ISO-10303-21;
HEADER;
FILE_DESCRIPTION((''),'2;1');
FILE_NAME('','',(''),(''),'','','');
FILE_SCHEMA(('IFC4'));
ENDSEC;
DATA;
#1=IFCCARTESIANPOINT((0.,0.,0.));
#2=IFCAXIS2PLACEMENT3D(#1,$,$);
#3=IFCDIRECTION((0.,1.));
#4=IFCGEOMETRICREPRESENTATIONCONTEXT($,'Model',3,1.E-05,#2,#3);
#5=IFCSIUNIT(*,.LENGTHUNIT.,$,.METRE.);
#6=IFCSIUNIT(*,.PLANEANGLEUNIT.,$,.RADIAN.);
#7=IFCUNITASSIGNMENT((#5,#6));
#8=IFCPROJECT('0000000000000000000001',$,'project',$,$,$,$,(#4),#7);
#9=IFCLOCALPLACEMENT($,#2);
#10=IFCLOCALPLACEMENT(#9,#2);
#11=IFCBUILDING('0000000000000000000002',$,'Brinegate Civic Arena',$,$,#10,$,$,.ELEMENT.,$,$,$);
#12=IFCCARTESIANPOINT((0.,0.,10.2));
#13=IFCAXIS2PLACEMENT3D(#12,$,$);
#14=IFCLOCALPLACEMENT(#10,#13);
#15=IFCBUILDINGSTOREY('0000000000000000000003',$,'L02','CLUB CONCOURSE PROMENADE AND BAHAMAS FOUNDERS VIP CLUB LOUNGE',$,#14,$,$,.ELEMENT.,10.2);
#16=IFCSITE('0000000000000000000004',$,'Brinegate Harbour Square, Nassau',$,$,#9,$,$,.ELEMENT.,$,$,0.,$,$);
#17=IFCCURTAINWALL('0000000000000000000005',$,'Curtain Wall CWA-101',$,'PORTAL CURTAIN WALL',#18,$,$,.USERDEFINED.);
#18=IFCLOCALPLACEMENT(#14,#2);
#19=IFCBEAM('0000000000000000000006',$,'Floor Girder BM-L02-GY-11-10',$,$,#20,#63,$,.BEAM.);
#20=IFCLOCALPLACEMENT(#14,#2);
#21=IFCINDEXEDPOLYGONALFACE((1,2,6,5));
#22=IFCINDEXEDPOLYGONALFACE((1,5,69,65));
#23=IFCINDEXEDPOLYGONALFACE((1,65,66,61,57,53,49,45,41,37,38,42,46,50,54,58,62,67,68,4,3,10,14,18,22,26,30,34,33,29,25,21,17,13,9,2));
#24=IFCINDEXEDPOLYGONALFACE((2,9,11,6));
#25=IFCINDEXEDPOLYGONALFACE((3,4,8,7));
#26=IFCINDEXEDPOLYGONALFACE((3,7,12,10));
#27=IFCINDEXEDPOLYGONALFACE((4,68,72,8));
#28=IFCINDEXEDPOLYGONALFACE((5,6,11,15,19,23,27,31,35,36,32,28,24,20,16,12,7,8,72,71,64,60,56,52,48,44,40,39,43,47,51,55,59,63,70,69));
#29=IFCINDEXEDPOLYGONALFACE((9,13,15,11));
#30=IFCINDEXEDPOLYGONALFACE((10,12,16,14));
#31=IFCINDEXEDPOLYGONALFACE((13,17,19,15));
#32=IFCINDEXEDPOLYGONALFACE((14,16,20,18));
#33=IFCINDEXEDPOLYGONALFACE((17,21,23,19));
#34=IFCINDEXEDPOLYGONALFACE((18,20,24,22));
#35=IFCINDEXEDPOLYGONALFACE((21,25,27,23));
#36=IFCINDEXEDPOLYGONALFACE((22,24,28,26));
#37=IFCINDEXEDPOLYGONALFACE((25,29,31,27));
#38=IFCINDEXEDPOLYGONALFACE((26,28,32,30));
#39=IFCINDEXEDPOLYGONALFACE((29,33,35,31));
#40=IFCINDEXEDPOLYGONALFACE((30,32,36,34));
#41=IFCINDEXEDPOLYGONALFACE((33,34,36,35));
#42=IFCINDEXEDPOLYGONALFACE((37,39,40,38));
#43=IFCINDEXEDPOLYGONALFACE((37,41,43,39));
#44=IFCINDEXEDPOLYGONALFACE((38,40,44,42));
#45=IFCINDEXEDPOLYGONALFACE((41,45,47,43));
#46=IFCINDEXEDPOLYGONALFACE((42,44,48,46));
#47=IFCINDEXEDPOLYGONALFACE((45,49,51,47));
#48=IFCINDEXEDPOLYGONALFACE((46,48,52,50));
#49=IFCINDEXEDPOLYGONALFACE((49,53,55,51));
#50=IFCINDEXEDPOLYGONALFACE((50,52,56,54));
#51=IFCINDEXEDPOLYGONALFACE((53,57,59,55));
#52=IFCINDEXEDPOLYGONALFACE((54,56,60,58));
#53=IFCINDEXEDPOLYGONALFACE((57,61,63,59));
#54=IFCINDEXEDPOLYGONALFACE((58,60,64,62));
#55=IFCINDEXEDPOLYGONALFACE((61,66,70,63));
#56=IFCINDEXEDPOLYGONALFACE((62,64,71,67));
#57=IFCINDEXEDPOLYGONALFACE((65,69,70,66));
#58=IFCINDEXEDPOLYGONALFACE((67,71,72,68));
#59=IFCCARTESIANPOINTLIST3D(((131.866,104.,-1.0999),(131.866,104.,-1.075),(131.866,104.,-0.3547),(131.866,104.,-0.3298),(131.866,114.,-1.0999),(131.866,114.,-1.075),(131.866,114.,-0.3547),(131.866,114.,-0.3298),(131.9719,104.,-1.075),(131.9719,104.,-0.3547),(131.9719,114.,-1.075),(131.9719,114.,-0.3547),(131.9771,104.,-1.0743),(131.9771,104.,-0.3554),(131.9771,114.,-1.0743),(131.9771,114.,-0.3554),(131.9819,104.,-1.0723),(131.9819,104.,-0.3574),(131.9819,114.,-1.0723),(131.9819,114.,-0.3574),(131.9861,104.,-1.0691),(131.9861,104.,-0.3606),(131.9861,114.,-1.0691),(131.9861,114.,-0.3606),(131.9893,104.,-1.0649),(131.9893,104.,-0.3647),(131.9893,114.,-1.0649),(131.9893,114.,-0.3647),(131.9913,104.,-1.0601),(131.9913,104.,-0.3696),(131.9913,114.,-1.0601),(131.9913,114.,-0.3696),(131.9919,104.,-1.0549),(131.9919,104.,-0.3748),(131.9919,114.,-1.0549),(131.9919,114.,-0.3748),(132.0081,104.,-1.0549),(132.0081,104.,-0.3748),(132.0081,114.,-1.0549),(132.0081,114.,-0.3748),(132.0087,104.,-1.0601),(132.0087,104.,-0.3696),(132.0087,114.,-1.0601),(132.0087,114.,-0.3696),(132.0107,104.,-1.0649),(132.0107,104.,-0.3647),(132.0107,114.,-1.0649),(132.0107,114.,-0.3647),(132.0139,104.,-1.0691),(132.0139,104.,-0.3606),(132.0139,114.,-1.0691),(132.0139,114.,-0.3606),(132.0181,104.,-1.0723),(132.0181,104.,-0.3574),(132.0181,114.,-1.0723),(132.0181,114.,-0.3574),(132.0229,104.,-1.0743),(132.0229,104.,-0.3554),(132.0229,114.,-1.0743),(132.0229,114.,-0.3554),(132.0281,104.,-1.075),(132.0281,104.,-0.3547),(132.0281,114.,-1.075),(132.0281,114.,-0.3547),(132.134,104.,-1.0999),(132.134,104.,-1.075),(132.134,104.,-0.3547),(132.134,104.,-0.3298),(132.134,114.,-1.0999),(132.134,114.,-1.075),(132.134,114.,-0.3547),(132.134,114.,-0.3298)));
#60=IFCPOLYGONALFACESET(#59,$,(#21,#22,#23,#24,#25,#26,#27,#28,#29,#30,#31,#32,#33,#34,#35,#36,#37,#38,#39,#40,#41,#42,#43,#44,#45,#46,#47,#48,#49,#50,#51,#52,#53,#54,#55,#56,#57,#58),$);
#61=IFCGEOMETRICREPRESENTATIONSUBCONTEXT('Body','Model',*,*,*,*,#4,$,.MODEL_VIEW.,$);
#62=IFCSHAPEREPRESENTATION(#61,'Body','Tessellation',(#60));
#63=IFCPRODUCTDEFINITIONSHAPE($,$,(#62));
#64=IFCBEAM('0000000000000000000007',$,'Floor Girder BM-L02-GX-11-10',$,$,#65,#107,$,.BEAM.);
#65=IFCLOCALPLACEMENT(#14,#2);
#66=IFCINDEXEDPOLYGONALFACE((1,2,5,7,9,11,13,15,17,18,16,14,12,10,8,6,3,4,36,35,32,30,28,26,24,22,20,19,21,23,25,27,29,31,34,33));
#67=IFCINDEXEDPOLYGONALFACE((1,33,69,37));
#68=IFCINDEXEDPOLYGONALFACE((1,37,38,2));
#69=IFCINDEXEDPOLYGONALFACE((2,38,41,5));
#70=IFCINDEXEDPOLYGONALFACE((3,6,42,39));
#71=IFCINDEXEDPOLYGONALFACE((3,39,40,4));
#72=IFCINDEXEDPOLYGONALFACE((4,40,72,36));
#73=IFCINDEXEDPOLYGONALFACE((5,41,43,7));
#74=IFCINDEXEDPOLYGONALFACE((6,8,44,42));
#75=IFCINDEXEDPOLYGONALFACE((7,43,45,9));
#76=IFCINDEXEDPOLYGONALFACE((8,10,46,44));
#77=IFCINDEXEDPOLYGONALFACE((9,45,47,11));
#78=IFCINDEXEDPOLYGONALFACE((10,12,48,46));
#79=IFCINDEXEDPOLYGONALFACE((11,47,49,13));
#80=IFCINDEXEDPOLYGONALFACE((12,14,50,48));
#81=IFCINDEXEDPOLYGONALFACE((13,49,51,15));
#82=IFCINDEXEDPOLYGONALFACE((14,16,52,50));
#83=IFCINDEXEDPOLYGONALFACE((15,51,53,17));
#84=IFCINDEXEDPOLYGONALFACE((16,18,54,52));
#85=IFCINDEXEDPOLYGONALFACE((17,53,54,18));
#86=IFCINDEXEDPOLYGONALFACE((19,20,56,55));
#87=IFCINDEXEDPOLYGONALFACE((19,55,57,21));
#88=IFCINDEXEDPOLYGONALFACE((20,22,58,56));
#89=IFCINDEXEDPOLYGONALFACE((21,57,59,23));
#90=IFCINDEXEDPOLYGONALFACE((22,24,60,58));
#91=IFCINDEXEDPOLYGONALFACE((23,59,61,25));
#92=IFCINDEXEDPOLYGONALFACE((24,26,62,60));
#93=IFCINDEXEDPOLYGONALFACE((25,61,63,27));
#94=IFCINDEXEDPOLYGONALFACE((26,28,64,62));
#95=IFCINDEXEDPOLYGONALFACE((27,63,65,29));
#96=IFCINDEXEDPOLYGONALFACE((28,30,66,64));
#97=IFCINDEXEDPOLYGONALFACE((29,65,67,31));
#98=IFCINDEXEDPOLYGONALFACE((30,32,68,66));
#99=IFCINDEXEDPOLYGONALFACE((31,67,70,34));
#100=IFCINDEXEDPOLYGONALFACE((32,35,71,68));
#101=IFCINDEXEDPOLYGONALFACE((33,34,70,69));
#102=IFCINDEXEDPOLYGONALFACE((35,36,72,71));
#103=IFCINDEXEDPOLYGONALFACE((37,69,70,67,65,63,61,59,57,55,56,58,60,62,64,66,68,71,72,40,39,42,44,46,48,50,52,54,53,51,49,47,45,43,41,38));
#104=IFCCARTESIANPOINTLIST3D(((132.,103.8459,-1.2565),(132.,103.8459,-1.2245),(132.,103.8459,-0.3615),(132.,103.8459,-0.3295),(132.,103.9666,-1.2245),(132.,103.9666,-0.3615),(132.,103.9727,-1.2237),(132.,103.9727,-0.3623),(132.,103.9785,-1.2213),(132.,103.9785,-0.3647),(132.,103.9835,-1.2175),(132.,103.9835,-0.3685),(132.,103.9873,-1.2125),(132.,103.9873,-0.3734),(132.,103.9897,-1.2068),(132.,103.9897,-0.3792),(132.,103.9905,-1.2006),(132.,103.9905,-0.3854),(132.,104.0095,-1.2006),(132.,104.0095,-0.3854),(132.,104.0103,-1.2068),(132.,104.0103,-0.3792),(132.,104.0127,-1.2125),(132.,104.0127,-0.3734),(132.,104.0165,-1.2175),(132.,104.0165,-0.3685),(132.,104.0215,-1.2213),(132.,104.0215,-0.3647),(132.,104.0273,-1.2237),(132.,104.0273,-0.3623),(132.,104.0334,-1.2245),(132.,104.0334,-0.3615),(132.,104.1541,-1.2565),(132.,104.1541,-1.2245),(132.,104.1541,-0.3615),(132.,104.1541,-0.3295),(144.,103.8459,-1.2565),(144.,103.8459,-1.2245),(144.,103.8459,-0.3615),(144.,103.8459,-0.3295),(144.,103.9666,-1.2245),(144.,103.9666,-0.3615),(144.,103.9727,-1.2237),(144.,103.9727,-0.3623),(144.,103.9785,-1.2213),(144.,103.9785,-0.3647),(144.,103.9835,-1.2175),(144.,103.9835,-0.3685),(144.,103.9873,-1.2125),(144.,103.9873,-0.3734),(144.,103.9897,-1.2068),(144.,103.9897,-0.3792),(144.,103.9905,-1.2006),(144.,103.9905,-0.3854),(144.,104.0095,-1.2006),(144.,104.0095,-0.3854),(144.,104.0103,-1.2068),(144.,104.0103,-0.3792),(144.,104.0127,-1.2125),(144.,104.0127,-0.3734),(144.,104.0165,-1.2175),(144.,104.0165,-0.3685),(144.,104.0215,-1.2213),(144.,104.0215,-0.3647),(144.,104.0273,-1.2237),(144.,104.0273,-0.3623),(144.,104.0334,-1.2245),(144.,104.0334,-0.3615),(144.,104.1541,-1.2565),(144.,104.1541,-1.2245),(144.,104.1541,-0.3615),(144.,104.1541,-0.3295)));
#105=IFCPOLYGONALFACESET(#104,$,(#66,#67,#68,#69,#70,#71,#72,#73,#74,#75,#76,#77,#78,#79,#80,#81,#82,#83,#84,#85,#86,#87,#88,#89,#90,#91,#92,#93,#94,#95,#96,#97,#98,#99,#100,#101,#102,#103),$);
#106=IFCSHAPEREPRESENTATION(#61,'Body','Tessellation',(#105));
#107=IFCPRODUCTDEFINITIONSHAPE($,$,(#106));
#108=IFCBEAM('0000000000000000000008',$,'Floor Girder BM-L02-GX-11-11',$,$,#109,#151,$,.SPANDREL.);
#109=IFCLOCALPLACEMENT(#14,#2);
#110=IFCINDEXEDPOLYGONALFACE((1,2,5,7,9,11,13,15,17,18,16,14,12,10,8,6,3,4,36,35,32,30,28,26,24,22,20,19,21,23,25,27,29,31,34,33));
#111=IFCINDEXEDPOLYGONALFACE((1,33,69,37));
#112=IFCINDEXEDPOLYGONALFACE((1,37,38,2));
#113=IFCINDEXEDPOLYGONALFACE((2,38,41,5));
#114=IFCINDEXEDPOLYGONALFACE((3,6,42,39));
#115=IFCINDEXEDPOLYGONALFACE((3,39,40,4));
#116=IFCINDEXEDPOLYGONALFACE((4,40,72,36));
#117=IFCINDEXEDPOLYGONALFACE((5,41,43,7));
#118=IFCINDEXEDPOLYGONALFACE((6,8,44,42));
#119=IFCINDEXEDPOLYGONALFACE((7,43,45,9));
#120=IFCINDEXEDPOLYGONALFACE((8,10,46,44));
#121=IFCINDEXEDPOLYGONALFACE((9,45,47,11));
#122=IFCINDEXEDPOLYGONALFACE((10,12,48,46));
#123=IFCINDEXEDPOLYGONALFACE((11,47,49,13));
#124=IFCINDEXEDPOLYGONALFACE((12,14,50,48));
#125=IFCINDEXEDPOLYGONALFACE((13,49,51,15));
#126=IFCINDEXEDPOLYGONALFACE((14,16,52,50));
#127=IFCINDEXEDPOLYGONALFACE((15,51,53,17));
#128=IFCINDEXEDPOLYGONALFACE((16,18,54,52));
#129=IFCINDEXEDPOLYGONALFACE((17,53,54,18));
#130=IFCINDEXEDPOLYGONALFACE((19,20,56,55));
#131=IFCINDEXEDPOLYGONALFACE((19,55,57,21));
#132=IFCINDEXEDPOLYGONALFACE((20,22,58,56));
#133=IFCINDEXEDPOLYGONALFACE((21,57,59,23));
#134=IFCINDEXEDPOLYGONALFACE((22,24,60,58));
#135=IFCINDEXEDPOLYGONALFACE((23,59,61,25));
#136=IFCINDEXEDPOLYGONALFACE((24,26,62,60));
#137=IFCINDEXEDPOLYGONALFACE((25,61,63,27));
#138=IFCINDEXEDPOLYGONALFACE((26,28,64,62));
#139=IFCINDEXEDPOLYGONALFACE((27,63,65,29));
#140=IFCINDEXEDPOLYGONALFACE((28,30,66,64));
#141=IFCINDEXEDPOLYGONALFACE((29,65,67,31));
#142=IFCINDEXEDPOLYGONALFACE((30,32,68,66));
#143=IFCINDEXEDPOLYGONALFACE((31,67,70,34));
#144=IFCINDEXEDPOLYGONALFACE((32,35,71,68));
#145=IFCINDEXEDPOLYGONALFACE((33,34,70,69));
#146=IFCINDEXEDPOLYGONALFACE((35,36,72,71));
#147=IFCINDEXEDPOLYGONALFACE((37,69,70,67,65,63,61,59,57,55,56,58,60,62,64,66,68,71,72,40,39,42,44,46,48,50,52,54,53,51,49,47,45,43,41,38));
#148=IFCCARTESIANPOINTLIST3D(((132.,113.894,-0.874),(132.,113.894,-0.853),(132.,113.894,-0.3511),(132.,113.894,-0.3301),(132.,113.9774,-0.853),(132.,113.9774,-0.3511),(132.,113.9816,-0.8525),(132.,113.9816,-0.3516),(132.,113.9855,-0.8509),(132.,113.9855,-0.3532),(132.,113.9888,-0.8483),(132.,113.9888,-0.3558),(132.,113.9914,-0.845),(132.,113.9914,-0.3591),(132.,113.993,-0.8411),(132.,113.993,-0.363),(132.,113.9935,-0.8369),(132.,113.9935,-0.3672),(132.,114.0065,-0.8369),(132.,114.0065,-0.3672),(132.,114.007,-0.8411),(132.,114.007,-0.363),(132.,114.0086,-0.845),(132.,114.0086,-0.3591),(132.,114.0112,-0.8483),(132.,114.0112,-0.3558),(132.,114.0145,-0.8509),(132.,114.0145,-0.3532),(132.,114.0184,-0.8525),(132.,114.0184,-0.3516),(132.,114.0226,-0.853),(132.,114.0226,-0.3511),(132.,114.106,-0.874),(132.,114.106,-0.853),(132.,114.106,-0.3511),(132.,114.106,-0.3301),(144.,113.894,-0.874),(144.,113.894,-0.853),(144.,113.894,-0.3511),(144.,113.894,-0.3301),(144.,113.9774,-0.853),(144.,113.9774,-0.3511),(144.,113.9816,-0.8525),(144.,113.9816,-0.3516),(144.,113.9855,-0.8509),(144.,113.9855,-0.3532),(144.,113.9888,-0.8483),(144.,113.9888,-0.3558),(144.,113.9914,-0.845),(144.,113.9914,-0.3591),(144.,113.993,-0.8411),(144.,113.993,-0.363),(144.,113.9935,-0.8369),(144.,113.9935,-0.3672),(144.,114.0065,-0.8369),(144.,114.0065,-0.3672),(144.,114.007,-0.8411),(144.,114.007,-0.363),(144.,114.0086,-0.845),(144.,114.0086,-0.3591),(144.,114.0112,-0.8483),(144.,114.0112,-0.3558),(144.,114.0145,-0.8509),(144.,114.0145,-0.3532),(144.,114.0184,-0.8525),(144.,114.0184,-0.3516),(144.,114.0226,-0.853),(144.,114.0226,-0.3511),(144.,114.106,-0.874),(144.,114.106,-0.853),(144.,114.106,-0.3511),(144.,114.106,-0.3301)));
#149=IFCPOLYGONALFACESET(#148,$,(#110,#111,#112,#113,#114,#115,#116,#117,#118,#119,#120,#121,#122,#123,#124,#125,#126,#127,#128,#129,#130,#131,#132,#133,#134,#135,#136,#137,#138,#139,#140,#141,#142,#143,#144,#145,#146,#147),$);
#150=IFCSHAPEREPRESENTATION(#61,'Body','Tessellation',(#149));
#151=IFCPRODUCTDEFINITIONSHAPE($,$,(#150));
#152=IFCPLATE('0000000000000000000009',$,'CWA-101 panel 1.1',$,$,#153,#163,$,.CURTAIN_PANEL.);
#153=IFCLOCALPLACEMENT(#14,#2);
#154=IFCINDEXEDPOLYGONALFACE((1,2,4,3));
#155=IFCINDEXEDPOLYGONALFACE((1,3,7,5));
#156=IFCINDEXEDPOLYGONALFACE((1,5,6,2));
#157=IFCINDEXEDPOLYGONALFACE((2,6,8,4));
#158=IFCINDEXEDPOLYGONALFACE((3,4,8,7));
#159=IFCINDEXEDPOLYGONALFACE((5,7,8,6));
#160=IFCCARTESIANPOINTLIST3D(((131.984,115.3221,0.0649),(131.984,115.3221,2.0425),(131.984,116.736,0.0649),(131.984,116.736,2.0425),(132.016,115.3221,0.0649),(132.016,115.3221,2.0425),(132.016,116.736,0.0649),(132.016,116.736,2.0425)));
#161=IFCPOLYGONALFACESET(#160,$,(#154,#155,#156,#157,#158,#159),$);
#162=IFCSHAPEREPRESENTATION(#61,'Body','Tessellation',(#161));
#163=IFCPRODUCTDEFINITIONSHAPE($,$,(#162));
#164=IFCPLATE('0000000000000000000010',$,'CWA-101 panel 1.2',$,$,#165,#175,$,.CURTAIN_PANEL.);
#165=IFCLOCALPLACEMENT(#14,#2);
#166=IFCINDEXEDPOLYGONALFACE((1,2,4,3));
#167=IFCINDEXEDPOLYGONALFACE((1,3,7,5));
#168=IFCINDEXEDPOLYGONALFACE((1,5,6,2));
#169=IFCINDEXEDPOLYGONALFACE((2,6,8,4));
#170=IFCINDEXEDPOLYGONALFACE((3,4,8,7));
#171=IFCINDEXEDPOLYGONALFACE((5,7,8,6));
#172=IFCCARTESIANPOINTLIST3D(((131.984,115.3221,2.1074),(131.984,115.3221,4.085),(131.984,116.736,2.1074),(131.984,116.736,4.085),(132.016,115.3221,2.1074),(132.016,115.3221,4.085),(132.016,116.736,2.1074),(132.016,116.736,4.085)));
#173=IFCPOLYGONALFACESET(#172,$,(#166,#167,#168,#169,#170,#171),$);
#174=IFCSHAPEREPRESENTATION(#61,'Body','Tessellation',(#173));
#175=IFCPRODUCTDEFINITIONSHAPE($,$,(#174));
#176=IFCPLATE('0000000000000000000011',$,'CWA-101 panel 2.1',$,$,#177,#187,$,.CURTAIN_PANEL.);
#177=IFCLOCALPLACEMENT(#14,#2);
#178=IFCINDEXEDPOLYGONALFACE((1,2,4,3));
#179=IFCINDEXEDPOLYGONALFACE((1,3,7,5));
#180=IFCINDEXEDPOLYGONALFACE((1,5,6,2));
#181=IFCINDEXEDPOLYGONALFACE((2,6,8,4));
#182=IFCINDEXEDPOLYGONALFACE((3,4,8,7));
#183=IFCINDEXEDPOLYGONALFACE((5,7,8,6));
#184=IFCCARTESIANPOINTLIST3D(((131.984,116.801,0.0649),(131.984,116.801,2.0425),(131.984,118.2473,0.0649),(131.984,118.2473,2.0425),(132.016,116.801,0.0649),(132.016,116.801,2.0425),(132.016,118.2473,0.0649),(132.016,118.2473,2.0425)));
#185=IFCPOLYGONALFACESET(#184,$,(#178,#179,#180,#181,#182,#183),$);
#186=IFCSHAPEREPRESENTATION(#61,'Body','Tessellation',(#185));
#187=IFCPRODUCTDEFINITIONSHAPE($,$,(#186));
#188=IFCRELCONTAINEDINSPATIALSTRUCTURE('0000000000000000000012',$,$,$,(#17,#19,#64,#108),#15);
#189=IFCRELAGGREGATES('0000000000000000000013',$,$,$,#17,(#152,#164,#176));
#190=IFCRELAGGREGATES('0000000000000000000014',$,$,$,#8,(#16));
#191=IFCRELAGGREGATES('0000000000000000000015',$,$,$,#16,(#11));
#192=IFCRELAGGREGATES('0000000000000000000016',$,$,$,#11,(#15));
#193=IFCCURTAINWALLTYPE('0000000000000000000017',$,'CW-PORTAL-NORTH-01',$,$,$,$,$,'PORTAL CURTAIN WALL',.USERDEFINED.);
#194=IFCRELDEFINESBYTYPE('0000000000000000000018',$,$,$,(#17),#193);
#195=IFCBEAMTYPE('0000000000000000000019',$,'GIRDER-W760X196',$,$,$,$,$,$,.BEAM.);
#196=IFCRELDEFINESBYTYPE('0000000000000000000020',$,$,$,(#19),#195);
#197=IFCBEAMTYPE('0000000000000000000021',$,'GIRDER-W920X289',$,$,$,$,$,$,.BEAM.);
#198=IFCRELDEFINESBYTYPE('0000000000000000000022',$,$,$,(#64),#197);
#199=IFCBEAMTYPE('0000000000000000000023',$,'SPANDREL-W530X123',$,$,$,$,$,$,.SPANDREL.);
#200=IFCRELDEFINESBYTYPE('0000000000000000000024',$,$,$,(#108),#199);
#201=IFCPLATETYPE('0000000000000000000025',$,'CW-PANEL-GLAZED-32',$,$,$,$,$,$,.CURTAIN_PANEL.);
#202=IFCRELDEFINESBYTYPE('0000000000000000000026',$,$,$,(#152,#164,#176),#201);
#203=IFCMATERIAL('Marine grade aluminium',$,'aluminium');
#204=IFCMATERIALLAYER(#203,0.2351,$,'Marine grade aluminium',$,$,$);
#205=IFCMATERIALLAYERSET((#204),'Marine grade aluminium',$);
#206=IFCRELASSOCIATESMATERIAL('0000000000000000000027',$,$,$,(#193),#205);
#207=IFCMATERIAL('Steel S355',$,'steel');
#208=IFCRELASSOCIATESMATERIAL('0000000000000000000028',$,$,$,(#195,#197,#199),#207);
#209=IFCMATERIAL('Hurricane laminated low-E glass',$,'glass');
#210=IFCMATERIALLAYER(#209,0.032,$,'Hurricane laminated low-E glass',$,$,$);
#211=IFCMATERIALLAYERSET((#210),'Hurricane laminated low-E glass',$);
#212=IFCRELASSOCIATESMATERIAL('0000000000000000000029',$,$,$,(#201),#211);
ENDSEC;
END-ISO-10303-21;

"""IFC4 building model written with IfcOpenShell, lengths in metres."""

from ifc_helpers import new_model, si_unit, direction, frame, origin, origin_2d, place, context, subcontext, project, spatial, rectangle, i_section, extrude, material, layer, layer_set, material_profile, profile_set, type_object, element, aggregate, save


model = new_model("IFC4")

# Units and contexts
model_context = context("Model", 3, precision=1e-05, world=origin(), true_north=direction((0.0, 1.0)))
body_context = subcontext(model_context, "Body", "Model", "MODEL_VIEW")
ifc_project = project(units=[si_unit("LENGTHUNIT", "METRE"), si_unit("PLANEANGLEUNIT", "RADIAN")], contexts=[model_context])

# Site, building, storey
site_placement = place(None, origin())
site = spatial("IfcSite", under=ifc_project, at=site_placement, Name="Brinegate Harbour Square, Nassau", CompositionType="ELEMENT", RefElevation=0.0)
building_placement = place(site_placement, origin())
building = spatial("IfcBuilding", under=site, at=building_placement, Name="Brinegate Civic Arena", CompositionType="ELEMENT")
storey_placement = place(building_placement, frame((0.0, 0.0, 10.2)))
storey = spatial("IfcBuildingStorey", under=building, at=storey_placement, Name="L02", Description="CLUB CONCOURSE PROMENADE AND BAHAMAS FOUNDERS VIP CLUB LOUNGE", CompositionType="ELEMENT", Elevation=10.2)

# Curtain wall
ifc_material_1 = material(Name="Marine grade aluminium", Category="aluminium")
ifc_layer_1 = layer(ifc_material_1, 0.2351, Name="Marine grade aluminium")
ifc_layer_set_1 = layer_set([ifc_layer_1], Name="Marine grade aluminium")
curtain_wall_type = type_object("IfcCurtainWallType", Name="CW-PORTAL-NORTH-01", ElementType="PORTAL CURTAIN WALL", PredefinedType="USERDEFINED", material=ifc_layer_set_1)
curtain_wall_placement = place(storey_placement, origin())
curtain_wall = element("IfcCurtainWall", 1, at=curtain_wall_placement, inside=storey, type_object=curtain_wall_type, Name="Curtain Wall CWA-101", ObjectType="PORTAL CURTAIN WALL", PredefinedType="USERDEFINED")

# Beams
ifc_material_2 = material(Name="Steel S355", Category="steel")
ifc_material_profile_1 = material_profile(ifc_material_2, i_section(OverallWidth=0.2681, OverallDepth=0.77, WebThickness=0.0161, FlangeThickness=0.0249, FilletRadius=0.02, at=origin_2d()), Name="W760X196")
ifc_profile_set_1 = profile_set([ifc_material_profile_1], Name="Steel S355")
beam_type_1 = type_object("IfcBeamType", Name="GIRDER-W760X196", PredefinedType="BEAM", material=ifc_profile_set_1)
beam_1_placement = place(storey_placement, frame((132.0, 104.0, -0.7148), z_axis=(0.0, 1.0, 0.0), x_axis=(-1.0, 0.0, 0.0)))
element("IfcBeam", 2, at=beam_1_placement, inside=storey, type_object=beam_type_1, Name="Floor Girder BM-L02-GY-11-10", PredefinedType="BEAM", context=body_context, shape_type="SweptSolid", body=[
    extrude(i_section(OverallWidth=0.2681, OverallDepth=0.77, WebThickness=0.0161, FlangeThickness=0.0249, FilletRadius=0.02, at=origin_2d()), origin(), (0.0, 0.0, 1.0), 10.0),
])
ifc_material_profile_2 = material_profile(ifc_material_2, i_section(OverallWidth=0.3081, OverallDepth=0.927, WebThickness=0.019, FlangeThickness=0.032, FilletRadius=0.0239, at=origin_2d()), Name="W920X289")
ifc_profile_set_2 = profile_set([ifc_material_profile_2], Name="Steel S355")
beam_type_2 = type_object("IfcBeamType", Name="GIRDER-W920X289", PredefinedType="BEAM", material=ifc_profile_set_2)
beam_2_placement = place(storey_placement, frame((132.0, 104.0, -0.793), z_axis=(1.0, 0.0, 0.0), x_axis=(0.0, 1.0, 0.0)))
element("IfcBeam", 3, at=beam_2_placement, inside=storey, type_object=beam_type_2, Name="Floor Girder BM-L02-GX-11-10", PredefinedType="BEAM", context=body_context, shape_type="SweptSolid", body=[
    extrude(i_section(OverallWidth=0.3081, OverallDepth=0.927, WebThickness=0.019, FlangeThickness=0.032, FilletRadius=0.0239, at=origin_2d()), origin(), (0.0, 0.0, 1.0), 12.0),
])
ifc_material_profile_3 = material_profile(ifc_material_2, i_section(OverallWidth=0.2119, OverallDepth=0.5439, WebThickness=0.0129, FlangeThickness=0.021, FilletRadius=0.0161, at=origin_2d()), Name="W530X123")
ifc_profile_set_3 = profile_set([ifc_material_profile_3], Name="Steel S355")
beam_type_3 = type_object("IfcBeamType", Name="SPANDREL-W530X123", PredefinedType="SPANDREL", material=ifc_profile_set_3)
beam_3_placement = place(storey_placement, frame((132.0, 114.0, -0.6021), z_axis=(1.0, 0.0, 0.0), x_axis=(0.0, 1.0, 0.0)))
element("IfcBeam", 4, at=beam_3_placement, inside=storey, type_object=beam_type_3, Name="Floor Girder BM-L02-GX-11-11", PredefinedType="SPANDREL", context=body_context, shape_type="SweptSolid", body=[
    extrude(i_section(OverallWidth=0.2119, OverallDepth=0.5439, WebThickness=0.0129, FlangeThickness=0.021, FilletRadius=0.0161, at=origin_2d()), origin(), (0.0, 0.0, 1.0), 12.0),
])

# Plates
ifc_material_3 = material(Name="Hurricane laminated low-E glass", Category="glass")
ifc_layer_2 = layer(ifc_material_3, 0.032, Name="Hurricane laminated low-E glass")
ifc_layer_set_2 = layer_set([ifc_layer_2], Name="Hurricane laminated low-E glass")
plate_type = type_object("IfcPlateType", Name="CW-PANEL-GLAZED-32", PredefinedType="CURTAIN_PANEL", material=ifc_layer_set_2)
plate_1_placement = place(storey_placement, frame((132.0, 116.0291, 0.0649), z_axis=(0.0, 0.0, 1.0), x_axis=(0.0, 1.0, 0.0)))
plate_1 = element("IfcPlate", 5, at=plate_1_placement, type_object=plate_type, Name="CWA-101 panel 1.1", PredefinedType="CURTAIN_PANEL", context=body_context, shape_type="SweptSolid", body=[
    extrude(rectangle(XDim=1.4138, YDim=0.032, at=origin_2d()), origin(), (0.0, 0.0, 1.0), 1.9775),
])
plate_2_placement = place(storey_placement, frame((132.0, 116.0291, 2.1074), z_axis=(0.0, 0.0, 1.0), x_axis=(0.0, 1.0, 0.0)))
plate_2 = element("IfcPlate", 6, at=plate_2_placement, type_object=plate_type, Name="CWA-101 panel 1.2", PredefinedType="CURTAIN_PANEL", context=body_context, shape_type="SweptSolid", body=[
    extrude(rectangle(XDim=1.4138, YDim=0.032, at=origin_2d()), origin(), (0.0, 0.0, 1.0), 1.9775),
])
plate_3_placement = place(storey_placement, frame((132.0, 117.5242, 0.0649), z_axis=(0.0, 0.0, 1.0), x_axis=(0.0, 1.0, 0.0)))
plate_3 = element("IfcPlate", 7, at=plate_3_placement, type_object=plate_type, Name="CWA-101 panel 2.1", PredefinedType="CURTAIN_PANEL", context=body_context, shape_type="SweptSolid", body=[
    extrude(rectangle(XDim=1.4463, YDim=0.032, at=origin_2d()), origin(), (0.0, 0.0, 1.0), 1.9775),
])
aggregate(curtain_wall, [plate_1, plate_2, plate_3])

save(model, "model.ifc")
